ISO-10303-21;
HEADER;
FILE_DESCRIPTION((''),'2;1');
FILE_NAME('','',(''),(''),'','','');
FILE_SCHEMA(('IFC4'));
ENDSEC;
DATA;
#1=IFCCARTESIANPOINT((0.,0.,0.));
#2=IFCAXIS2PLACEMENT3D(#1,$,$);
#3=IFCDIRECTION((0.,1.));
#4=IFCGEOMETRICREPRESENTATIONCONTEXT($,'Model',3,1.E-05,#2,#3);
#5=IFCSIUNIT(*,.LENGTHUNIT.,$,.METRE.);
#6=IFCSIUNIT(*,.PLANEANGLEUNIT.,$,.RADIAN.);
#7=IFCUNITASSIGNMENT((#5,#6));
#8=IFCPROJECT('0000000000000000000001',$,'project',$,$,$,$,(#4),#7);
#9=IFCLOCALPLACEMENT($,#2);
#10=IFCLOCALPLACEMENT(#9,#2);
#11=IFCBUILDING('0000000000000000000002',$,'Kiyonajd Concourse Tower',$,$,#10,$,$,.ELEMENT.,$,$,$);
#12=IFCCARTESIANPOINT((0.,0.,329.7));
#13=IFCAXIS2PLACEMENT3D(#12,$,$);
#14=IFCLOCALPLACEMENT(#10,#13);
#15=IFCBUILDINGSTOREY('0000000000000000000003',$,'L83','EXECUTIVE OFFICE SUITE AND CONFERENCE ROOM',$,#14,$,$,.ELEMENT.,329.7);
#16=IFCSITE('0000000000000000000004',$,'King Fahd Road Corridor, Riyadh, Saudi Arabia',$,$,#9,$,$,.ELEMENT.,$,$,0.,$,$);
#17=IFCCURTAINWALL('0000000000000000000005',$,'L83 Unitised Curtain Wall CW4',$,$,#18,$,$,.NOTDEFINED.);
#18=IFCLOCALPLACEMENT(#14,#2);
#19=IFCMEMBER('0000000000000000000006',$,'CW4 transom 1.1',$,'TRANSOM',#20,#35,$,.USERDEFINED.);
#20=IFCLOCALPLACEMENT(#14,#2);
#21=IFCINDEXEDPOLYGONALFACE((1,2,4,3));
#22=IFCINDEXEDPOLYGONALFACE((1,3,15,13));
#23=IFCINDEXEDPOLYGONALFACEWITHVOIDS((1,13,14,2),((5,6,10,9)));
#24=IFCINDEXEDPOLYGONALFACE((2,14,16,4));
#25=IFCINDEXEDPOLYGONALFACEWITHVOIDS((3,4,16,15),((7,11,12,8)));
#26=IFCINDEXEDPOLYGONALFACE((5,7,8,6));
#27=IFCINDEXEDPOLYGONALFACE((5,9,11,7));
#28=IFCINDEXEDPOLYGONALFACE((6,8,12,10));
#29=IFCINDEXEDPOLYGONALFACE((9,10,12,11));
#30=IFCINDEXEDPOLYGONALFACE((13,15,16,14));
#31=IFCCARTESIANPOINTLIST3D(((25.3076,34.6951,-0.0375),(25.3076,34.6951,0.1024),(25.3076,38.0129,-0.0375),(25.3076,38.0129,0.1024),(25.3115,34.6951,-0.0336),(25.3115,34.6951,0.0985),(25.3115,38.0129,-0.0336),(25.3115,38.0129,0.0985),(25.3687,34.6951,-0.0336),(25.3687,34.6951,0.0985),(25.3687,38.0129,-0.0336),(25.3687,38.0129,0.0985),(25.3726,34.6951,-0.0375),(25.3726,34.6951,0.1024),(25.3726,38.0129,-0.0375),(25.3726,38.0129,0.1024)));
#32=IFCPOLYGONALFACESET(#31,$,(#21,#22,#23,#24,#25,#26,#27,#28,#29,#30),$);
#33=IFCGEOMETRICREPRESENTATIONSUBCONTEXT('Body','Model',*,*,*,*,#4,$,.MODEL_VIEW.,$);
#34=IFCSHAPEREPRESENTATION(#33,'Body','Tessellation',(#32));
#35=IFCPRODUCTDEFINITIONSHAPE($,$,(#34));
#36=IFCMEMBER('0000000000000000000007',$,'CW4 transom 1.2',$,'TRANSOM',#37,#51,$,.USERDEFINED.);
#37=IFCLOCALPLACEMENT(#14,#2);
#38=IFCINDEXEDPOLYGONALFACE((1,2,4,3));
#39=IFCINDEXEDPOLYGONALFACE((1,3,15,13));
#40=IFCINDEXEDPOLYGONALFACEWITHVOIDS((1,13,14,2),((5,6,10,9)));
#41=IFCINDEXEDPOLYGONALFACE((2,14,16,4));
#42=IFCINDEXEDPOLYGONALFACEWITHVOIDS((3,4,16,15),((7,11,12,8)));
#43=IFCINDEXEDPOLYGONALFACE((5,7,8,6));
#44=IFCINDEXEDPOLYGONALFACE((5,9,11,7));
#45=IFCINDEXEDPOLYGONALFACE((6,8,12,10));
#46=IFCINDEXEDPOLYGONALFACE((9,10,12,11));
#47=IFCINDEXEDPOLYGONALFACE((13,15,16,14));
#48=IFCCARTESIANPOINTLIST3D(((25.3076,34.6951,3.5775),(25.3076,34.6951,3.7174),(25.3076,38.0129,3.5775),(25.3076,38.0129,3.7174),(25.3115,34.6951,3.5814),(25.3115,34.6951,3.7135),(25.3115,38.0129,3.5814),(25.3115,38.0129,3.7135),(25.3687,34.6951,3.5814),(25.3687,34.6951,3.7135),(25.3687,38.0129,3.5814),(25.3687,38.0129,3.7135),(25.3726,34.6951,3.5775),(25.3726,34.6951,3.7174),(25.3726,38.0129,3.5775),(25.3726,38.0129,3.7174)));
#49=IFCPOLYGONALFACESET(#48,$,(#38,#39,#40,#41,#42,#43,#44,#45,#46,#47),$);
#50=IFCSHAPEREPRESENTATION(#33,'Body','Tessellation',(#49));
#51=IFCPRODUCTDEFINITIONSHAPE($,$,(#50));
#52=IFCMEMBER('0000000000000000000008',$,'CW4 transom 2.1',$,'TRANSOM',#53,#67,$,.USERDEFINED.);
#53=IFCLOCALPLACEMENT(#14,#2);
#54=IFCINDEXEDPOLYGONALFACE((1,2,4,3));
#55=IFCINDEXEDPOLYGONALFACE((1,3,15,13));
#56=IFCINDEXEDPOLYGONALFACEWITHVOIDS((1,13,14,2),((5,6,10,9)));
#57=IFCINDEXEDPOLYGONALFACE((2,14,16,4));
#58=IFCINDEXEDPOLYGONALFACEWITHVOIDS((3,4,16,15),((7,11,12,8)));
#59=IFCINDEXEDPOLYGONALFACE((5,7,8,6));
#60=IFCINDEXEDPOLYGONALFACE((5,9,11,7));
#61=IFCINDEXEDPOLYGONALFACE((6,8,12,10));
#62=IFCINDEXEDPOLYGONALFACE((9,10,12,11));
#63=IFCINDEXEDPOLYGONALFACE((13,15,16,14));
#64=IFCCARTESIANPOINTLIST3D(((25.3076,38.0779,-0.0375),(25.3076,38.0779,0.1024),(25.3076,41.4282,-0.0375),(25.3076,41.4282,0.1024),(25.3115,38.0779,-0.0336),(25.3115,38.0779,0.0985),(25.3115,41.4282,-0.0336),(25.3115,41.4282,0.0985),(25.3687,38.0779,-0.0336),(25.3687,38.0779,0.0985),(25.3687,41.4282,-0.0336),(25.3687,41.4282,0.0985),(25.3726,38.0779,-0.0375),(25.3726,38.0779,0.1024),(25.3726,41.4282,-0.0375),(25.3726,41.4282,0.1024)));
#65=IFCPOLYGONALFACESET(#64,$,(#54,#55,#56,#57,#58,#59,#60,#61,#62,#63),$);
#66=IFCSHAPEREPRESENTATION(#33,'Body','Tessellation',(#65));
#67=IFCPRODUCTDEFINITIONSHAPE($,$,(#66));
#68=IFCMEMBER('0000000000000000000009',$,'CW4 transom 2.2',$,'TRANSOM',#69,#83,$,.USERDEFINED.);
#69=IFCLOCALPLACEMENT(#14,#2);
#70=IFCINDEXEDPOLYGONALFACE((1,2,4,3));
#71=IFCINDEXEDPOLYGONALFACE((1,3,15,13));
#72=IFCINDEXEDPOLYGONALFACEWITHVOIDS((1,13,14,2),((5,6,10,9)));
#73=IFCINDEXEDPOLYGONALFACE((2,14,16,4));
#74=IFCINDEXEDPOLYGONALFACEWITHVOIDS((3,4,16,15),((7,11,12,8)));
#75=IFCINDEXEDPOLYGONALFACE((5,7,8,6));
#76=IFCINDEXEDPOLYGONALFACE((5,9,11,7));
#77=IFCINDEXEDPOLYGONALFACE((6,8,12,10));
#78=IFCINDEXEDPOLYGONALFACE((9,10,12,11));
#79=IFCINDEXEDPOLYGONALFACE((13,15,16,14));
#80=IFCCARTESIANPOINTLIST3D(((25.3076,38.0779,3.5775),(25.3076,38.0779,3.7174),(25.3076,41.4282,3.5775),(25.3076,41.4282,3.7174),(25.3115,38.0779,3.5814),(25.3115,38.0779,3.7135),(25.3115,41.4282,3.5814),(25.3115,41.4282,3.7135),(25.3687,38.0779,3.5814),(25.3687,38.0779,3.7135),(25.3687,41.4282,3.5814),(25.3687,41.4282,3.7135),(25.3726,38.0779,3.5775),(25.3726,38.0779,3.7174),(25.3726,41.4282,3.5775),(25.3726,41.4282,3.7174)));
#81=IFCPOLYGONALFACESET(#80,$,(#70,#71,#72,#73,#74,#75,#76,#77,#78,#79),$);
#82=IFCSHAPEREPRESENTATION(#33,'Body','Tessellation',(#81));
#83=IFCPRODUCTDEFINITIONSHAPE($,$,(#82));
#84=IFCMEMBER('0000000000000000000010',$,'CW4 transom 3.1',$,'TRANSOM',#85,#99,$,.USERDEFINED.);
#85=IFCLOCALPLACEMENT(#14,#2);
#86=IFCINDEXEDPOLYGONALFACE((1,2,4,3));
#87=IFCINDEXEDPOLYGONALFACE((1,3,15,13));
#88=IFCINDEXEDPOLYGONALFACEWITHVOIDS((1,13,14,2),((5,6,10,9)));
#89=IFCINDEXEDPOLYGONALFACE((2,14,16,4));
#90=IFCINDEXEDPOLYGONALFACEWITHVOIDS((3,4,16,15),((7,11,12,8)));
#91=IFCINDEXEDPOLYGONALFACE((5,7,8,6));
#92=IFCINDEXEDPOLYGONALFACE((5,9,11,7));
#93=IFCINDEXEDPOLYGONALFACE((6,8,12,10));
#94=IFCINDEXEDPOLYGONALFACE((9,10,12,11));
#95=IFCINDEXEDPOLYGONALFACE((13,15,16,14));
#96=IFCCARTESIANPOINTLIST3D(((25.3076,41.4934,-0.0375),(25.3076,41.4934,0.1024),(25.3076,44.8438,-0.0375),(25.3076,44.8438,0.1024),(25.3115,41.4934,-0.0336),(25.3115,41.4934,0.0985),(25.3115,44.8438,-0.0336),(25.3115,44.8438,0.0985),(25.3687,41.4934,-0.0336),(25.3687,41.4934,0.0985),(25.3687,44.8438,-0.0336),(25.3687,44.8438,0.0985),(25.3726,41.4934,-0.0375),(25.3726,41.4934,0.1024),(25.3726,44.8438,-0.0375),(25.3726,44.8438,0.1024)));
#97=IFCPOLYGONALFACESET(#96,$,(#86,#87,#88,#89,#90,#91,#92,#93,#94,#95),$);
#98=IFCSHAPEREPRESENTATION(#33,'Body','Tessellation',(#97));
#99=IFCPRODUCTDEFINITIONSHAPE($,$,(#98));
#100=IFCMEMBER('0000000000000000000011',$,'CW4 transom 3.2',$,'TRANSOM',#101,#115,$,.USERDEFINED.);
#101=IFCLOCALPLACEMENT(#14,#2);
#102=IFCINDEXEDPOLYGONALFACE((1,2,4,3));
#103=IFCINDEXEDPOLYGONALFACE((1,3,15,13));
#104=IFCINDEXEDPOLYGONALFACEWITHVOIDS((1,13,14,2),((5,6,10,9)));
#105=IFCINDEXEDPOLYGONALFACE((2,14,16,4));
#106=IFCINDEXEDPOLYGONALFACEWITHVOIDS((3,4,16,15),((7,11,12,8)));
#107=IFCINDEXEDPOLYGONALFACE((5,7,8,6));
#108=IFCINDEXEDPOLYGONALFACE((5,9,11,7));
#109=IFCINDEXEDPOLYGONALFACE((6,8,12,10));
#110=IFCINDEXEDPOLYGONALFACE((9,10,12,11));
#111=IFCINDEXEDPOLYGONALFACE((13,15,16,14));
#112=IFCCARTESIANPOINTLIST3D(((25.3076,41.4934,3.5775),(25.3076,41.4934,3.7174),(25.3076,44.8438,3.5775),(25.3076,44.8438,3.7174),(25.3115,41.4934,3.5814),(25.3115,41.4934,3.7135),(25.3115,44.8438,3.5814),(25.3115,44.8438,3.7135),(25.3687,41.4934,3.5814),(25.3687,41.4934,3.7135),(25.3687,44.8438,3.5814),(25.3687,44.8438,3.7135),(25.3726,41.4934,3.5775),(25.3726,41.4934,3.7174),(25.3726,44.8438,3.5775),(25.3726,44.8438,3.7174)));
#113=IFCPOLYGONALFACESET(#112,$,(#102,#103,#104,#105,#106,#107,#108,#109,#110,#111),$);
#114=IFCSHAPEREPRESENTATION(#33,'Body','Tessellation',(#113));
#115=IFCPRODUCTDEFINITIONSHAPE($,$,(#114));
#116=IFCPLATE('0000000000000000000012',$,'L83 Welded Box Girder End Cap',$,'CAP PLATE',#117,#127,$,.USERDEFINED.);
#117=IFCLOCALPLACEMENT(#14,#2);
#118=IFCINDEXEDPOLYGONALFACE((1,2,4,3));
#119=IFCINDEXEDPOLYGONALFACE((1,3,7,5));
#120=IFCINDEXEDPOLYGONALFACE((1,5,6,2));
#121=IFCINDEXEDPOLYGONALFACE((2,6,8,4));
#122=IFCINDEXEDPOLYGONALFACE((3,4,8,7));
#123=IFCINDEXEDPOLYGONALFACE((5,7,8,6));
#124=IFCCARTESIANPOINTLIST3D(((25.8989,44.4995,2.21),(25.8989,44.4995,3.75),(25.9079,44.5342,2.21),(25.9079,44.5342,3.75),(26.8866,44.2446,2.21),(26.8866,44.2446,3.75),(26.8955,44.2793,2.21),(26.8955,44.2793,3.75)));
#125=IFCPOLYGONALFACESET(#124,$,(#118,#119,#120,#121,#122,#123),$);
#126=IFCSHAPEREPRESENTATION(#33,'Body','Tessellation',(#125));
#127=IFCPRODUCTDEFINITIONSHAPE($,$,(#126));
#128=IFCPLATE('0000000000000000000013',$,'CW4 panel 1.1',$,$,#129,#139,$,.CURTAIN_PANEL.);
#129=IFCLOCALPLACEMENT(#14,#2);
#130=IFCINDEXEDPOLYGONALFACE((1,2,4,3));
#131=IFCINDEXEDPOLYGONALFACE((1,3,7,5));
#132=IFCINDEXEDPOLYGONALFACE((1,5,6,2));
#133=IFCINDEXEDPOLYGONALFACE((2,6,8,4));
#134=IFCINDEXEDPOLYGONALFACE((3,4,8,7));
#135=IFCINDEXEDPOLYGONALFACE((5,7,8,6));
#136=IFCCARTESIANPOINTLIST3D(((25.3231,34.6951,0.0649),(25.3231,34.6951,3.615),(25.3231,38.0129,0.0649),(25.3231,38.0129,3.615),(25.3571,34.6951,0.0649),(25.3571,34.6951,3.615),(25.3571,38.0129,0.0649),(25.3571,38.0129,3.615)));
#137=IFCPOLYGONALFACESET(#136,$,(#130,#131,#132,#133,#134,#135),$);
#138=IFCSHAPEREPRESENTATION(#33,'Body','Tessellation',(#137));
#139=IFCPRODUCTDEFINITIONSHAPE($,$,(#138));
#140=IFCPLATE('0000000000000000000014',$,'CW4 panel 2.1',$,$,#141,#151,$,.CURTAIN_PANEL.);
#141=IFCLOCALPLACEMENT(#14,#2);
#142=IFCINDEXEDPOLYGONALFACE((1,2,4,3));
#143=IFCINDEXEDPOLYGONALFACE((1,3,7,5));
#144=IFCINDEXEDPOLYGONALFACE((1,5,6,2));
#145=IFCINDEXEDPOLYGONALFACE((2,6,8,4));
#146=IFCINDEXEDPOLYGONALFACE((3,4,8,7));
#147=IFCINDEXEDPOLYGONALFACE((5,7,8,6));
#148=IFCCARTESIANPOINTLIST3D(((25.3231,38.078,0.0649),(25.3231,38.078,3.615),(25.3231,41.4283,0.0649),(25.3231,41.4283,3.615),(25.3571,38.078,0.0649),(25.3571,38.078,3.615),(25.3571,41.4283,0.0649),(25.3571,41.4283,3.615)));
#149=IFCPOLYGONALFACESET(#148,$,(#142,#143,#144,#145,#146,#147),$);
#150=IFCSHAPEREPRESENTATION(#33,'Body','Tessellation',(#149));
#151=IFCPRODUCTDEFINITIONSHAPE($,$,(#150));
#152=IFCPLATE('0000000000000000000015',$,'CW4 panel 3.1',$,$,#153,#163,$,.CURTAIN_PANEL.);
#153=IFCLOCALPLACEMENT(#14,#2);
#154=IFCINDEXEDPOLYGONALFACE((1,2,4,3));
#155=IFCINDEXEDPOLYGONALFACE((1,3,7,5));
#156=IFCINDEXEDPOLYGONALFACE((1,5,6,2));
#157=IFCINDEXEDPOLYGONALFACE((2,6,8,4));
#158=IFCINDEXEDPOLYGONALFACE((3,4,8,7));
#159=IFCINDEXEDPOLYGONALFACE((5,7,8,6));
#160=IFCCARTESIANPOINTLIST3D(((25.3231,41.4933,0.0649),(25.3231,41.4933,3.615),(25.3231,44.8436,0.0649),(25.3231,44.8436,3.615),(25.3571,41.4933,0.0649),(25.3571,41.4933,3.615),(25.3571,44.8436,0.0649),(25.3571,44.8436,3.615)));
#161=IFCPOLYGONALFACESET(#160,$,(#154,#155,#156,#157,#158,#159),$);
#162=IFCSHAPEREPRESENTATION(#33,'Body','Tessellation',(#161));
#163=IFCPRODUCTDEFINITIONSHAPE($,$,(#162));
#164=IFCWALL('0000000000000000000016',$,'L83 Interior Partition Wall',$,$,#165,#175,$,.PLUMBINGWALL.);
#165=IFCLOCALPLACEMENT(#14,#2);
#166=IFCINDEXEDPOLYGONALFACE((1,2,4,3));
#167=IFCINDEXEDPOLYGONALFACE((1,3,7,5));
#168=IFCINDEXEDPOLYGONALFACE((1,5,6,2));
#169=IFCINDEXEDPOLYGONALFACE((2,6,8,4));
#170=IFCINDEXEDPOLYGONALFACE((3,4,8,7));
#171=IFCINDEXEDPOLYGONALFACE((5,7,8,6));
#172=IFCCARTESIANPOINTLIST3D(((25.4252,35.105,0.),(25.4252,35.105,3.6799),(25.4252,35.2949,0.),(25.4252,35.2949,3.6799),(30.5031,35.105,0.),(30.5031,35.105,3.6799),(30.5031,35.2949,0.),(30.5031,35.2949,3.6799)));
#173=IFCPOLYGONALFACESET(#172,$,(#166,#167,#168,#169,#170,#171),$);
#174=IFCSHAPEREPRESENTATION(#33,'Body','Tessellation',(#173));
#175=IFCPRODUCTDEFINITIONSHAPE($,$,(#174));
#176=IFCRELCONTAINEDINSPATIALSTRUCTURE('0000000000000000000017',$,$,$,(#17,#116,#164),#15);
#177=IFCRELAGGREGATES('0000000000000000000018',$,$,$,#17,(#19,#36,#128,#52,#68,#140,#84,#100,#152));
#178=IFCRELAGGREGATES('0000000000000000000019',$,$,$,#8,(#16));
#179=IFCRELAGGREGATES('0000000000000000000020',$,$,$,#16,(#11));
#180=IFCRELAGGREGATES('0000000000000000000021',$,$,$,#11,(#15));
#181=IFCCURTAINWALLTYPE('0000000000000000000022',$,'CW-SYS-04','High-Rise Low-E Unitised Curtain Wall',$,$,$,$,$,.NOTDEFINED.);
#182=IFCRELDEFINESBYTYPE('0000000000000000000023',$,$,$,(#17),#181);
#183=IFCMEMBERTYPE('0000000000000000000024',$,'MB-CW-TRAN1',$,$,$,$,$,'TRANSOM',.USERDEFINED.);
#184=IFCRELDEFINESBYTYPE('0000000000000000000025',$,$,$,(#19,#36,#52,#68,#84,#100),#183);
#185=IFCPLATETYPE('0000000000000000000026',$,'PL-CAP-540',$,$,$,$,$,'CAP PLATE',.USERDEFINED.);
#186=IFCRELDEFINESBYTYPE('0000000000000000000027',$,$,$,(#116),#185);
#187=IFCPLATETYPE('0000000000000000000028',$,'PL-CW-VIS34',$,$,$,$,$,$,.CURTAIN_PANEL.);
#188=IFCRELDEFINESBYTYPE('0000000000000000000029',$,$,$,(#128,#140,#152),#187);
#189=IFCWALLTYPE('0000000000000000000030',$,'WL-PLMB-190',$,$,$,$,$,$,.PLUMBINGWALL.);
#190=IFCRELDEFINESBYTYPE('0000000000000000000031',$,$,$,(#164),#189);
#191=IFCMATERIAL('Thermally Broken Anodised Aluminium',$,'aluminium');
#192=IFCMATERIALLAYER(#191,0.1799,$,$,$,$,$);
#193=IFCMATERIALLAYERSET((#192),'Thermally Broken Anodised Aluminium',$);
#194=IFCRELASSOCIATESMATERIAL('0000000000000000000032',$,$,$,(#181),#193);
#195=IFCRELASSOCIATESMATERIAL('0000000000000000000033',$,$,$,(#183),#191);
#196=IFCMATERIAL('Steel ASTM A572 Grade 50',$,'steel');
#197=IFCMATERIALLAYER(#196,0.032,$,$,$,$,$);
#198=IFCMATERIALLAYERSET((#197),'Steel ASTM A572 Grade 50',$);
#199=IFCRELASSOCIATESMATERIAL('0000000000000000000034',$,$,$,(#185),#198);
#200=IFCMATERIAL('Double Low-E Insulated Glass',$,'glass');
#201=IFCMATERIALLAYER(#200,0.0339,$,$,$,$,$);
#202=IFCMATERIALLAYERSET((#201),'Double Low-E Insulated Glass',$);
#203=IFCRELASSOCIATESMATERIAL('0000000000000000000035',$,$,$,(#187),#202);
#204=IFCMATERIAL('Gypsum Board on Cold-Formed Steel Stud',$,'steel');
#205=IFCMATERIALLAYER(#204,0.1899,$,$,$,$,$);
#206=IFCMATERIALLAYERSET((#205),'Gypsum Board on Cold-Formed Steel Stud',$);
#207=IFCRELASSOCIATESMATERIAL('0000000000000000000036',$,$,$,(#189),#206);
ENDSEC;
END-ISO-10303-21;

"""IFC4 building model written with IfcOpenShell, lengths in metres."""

from ifc_helpers import new_model, si_unit, direction, frame, frame_2d, origin, origin_2d, place, context, subcontext, project, spatial, rectangle, hollow_rectangle, extrude, material, layer, layer_set, material_profile, profile_set, type_object, element, aggregate, save


model = new_model("IFC4")

# Units and contexts
model_context = context("Model", 3, precision=1e-05, world=origin(), true_north=direction((0.0, 1.0)))
body_context = subcontext(model_context, "Body", "Model", "MODEL_VIEW")
ifc_project = project(units=[si_unit("LENGTHUNIT", "METRE"), si_unit("PLANEANGLEUNIT", "RADIAN")], contexts=[model_context])

# Site, building, storey
site_placement = place(None, origin())
site = spatial("IfcSite", under=ifc_project, at=site_placement, Name="King Fahd Road Corridor, Riyadh, Saudi Arabia", CompositionType="ELEMENT", RefElevation=0.0)
building_placement = place(site_placement, origin())
building = spatial("IfcBuilding", under=site, at=building_placement, Name="Kiyonajd Concourse Tower", CompositionType="ELEMENT")
storey_placement = place(building_placement, frame((0.0, 0.0, 329.7)))
storey = spatial("IfcBuildingStorey", under=building, at=storey_placement, Name="L83", Description="EXECUTIVE OFFICE SUITE AND CONFERENCE ROOM", CompositionType="ELEMENT", Elevation=329.7)

# Curtain wall, members
ifc_material_1 = material(Name="Thermally Broken Anodised Aluminium", Category="aluminium")
ifc_layer_1 = layer(ifc_material_1, 0.1799)
ifc_layer_set_1 = layer_set([ifc_layer_1], Name="Thermally Broken Anodised Aluminium")
curtain_wall_type = type_object("IfcCurtainWallType", Name="CW-SYS-04", Description="High-Rise Low-E Unitised Curtain Wall", PredefinedType="NOTDEFINED", material=ifc_layer_set_1)
curtain_wall_placement = place(storey_placement, origin())
curtain_wall = element("IfcCurtainWall", 1, at=curtain_wall_placement, inside=storey, type_object=curtain_wall_type, Name="L83 Unitised Curtain Wall CW4", PredefinedType="NOTDEFINED")
ifc_material_profile_1 = material_profile(ifc_material_1, hollow_rectangle(XDim=0.0649, YDim=0.1399, WallThickness=0.0039, at=origin_2d()), Name="TRAN-65x140")
ifc_profile_set_1 = profile_set([ifc_material_profile_1], Name="Thermally Broken Anodised Aluminium")
member_type_1 = type_object("IfcMemberType", Name="MB-CW-TRAN1", ElementType="TRANSOM", PredefinedType="USERDEFINED", material=ifc_profile_set_1)
member_1_placement = place(storey_placement, frame((25.3401, 34.6951, 0.0325), z_axis=(0.0, 1.0, 0.0), x_axis=(-1.0, 0.0, 0.0)))
member_1 = element("IfcMember", 2, at=member_1_placement, type_object=member_type_1, Name="CW4 transom 1.1", ObjectType="TRANSOM", PredefinedType="USERDEFINED", context=body_context, shape_type="SweptSolid", body=[
    extrude(hollow_rectangle(XDim=0.0649, YDim=0.1399, WallThickness=0.0039, at=origin_2d()), origin(), (0.0, 0.0, 1.0), 3.3179),
])
member_2_placement = place(storey_placement, frame((25.3401, 34.6951, 3.6475), z_axis=(0.0, 1.0, 0.0), x_axis=(-1.0, 0.0, 0.0)))
member_2 = element("IfcMember", 3, at=member_2_placement, type_object=member_type_1, Name="CW4 transom 1.2", ObjectType="TRANSOM", PredefinedType="USERDEFINED", context=body_context, shape_type="SweptSolid", body=[
    extrude(hollow_rectangle(XDim=0.0649, YDim=0.1399, WallThickness=0.0039, at=origin_2d()), origin(), (0.0, 0.0, 1.0), 3.3179),
])
member_3_placement = place(storey_placement, frame((25.3401, 38.0779, 0.0325), z_axis=(0.0, 1.0, 0.0), x_axis=(-1.0, 0.0, 0.0)))
member_3 = element("IfcMember", 4, at=member_3_placement, type_object=member_type_1, Name="CW4 transom 2.1", ObjectType="TRANSOM", PredefinedType="USERDEFINED", context=body_context, shape_type="SweptSolid", body=[
    extrude(hollow_rectangle(XDim=0.0649, YDim=0.1399, WallThickness=0.0039, at=origin_2d()), origin(), (0.0, 0.0, 1.0), 3.3503),
])
member_4_placement = place(storey_placement, frame((25.3401, 38.0779, 3.6475), z_axis=(0.0, 1.0, 0.0), x_axis=(-1.0, 0.0, 0.0)))
member_4 = element("IfcMember", 5, at=member_4_placement, type_object=member_type_1, Name="CW4 transom 2.2", ObjectType="TRANSOM", PredefinedType="USERDEFINED", context=body_context, shape_type="SweptSolid", body=[
    extrude(hollow_rectangle(XDim=0.0649, YDim=0.1399, WallThickness=0.0039, at=origin_2d()), origin(), (0.0, 0.0, 1.0), 3.3503),
])
member_5_placement = place(storey_placement, frame((25.3401, 41.4934, 0.0325), z_axis=(0.0, 1.0, 0.0), x_axis=(-1.0, 0.0, 0.0)))
member_5 = element("IfcMember", 6, at=member_5_placement, type_object=member_type_1, Name="CW4 transom 3.1", ObjectType="TRANSOM", PredefinedType="USERDEFINED", context=body_context, shape_type="SweptSolid", body=[
    extrude(hollow_rectangle(XDim=0.0649, YDim=0.1399, WallThickness=0.0039, at=origin_2d()), origin(), (0.0, 0.0, 1.0), 3.3503),
])
member_6_placement = place(storey_placement, frame((25.3401, 41.4934, 3.6475), z_axis=(0.0, 1.0, 0.0), x_axis=(-1.0, 0.0, 0.0)))
member_6 = element("IfcMember", 7, at=member_6_placement, type_object=member_type_1, Name="CW4 transom 3.2", ObjectType="TRANSOM", PredefinedType="USERDEFINED", context=body_context, shape_type="SweptSolid", body=[
    extrude(hollow_rectangle(XDim=0.0649, YDim=0.1399, WallThickness=0.0039, at=origin_2d()), origin(), (0.0, 0.0, 1.0), 3.3503),
])

# Plates
ifc_material_2 = material(Name="Steel ASTM A572 Grade 50", Category="steel")
ifc_layer_2 = layer(ifc_material_2, 0.032)
ifc_layer_set_2 = layer_set([ifc_layer_2], Name="Steel ASTM A572 Grade 50")
plate_type_1 = type_object("IfcPlateType", Name="PL-CAP-540", ElementType="CAP PLATE", PredefinedType="USERDEFINED", material=ifc_layer_set_2)
plate_1_placement = place(storey_placement, frame((26.3972, 44.3894, 2.21), z_axis=(0.0, 0.0, 1.0), x_axis=(-0.249873, -0.968279, 0.0)))
element("IfcPlate", 8, at=plate_1_placement, inside=storey, type_object=plate_type_1, Name="L83 Welded Box Girder End Cap", ObjectType="CAP PLATE", PredefinedType="USERDEFINED", context=body_context, shape_type="SweptSolid", body=[
    extrude(rectangle(XDim=0.0359, YDim=1.02, at=origin_2d()), origin(), (0.0, 0.0, 1.0), 1.54),
])
ifc_material_3 = material(Name="Double Low-E Insulated Glass", Category="glass")
ifc_layer_3 = layer(ifc_material_3, 0.0339)
ifc_layer_set_3 = layer_set([ifc_layer_3], Name="Double Low-E Insulated Glass")
plate_type_2 = type_object("IfcPlateType", Name="PL-CW-VIS34", PredefinedType="CURTAIN_PANEL", material=ifc_layer_set_3)
plate_2_placement = place(storey_placement, frame((25.3401, 36.354, 0.0649), z_axis=(0.0, 0.0, 1.0), x_axis=(0.0, 1.0, 0.0)))
plate_2 = element("IfcPlate", 9, at=plate_2_placement, type_object=plate_type_2, Name="CW4 panel 1.1", PredefinedType="CURTAIN_PANEL", context=body_context, shape_type="SweptSolid", body=[
    extrude(rectangle(XDim=3.3179, YDim=0.0339, at=origin_2d()), origin(), (0.0, 0.0, 1.0), 3.55),
])
plate_3_placement = place(storey_placement, frame((25.3401, 39.7532, 0.0649), z_axis=(0.0, 0.0, 1.0), x_axis=(0.0, 1.0, 0.0)))
plate_3 = element("IfcPlate", 10, at=plate_3_placement, type_object=plate_type_2, Name="CW4 panel 2.1", PredefinedType="CURTAIN_PANEL", context=body_context, shape_type="SweptSolid", body=[
    extrude(rectangle(XDim=3.3503, YDim=0.0339, at=origin_2d()), origin(), (0.0, 0.0, 1.0), 3.55),
])
plate_4_placement = place(storey_placement, frame((25.3401, 43.1685, 0.0649), z_axis=(0.0, 0.0, 1.0), x_axis=(0.0, 1.0, 0.0)))
plate_4 = element("IfcPlate", 11, at=plate_4_placement, type_object=plate_type_2, Name="CW4 panel 3.1", PredefinedType="CURTAIN_PANEL", context=body_context, shape_type="SweptSolid", body=[
    extrude(rectangle(XDim=3.3503, YDim=0.0339, at=origin_2d()), origin(), (0.0, 0.0, 1.0), 3.55),
])
aggregate(curtain_wall, [member_1, member_2, plate_2, member_3, member_4, plate_3, member_5, member_6, plate_4])

# Wall
ifc_material_4 = material(Name="Gypsum Board on Cold-Formed Steel Stud", Category="steel")
ifc_layer_4 = layer(ifc_material_4, 0.1899)
ifc_layer_set_4 = layer_set([ifc_layer_4], Name="Gypsum Board on Cold-Formed Steel Stud")
wall_type = type_object("IfcWallType", Name="WL-PLMB-190", PredefinedType="PLUMBINGWALL", material=ifc_layer_set_4)
wall_placement = place(storey_placement, frame((25.425, 35.2, 0.0), z_axis=(0.0, 0.0, 1.0), x_axis=(1.0, 0.0, 0.0)))
element("IfcWall", 12, at=wall_placement, inside=storey, type_object=wall_type, Name="L83 Interior Partition Wall", PredefinedType="PLUMBINGWALL", context=body_context, shape_type="SweptSolid", body=[
    extrude(rectangle(XDim=5.0779, YDim=0.1899, at=frame_2d((2.5391, 0.0))), origin(), (0.0, 0.0, 1.0), 3.6799),
])

save(model, "model.ifc")
